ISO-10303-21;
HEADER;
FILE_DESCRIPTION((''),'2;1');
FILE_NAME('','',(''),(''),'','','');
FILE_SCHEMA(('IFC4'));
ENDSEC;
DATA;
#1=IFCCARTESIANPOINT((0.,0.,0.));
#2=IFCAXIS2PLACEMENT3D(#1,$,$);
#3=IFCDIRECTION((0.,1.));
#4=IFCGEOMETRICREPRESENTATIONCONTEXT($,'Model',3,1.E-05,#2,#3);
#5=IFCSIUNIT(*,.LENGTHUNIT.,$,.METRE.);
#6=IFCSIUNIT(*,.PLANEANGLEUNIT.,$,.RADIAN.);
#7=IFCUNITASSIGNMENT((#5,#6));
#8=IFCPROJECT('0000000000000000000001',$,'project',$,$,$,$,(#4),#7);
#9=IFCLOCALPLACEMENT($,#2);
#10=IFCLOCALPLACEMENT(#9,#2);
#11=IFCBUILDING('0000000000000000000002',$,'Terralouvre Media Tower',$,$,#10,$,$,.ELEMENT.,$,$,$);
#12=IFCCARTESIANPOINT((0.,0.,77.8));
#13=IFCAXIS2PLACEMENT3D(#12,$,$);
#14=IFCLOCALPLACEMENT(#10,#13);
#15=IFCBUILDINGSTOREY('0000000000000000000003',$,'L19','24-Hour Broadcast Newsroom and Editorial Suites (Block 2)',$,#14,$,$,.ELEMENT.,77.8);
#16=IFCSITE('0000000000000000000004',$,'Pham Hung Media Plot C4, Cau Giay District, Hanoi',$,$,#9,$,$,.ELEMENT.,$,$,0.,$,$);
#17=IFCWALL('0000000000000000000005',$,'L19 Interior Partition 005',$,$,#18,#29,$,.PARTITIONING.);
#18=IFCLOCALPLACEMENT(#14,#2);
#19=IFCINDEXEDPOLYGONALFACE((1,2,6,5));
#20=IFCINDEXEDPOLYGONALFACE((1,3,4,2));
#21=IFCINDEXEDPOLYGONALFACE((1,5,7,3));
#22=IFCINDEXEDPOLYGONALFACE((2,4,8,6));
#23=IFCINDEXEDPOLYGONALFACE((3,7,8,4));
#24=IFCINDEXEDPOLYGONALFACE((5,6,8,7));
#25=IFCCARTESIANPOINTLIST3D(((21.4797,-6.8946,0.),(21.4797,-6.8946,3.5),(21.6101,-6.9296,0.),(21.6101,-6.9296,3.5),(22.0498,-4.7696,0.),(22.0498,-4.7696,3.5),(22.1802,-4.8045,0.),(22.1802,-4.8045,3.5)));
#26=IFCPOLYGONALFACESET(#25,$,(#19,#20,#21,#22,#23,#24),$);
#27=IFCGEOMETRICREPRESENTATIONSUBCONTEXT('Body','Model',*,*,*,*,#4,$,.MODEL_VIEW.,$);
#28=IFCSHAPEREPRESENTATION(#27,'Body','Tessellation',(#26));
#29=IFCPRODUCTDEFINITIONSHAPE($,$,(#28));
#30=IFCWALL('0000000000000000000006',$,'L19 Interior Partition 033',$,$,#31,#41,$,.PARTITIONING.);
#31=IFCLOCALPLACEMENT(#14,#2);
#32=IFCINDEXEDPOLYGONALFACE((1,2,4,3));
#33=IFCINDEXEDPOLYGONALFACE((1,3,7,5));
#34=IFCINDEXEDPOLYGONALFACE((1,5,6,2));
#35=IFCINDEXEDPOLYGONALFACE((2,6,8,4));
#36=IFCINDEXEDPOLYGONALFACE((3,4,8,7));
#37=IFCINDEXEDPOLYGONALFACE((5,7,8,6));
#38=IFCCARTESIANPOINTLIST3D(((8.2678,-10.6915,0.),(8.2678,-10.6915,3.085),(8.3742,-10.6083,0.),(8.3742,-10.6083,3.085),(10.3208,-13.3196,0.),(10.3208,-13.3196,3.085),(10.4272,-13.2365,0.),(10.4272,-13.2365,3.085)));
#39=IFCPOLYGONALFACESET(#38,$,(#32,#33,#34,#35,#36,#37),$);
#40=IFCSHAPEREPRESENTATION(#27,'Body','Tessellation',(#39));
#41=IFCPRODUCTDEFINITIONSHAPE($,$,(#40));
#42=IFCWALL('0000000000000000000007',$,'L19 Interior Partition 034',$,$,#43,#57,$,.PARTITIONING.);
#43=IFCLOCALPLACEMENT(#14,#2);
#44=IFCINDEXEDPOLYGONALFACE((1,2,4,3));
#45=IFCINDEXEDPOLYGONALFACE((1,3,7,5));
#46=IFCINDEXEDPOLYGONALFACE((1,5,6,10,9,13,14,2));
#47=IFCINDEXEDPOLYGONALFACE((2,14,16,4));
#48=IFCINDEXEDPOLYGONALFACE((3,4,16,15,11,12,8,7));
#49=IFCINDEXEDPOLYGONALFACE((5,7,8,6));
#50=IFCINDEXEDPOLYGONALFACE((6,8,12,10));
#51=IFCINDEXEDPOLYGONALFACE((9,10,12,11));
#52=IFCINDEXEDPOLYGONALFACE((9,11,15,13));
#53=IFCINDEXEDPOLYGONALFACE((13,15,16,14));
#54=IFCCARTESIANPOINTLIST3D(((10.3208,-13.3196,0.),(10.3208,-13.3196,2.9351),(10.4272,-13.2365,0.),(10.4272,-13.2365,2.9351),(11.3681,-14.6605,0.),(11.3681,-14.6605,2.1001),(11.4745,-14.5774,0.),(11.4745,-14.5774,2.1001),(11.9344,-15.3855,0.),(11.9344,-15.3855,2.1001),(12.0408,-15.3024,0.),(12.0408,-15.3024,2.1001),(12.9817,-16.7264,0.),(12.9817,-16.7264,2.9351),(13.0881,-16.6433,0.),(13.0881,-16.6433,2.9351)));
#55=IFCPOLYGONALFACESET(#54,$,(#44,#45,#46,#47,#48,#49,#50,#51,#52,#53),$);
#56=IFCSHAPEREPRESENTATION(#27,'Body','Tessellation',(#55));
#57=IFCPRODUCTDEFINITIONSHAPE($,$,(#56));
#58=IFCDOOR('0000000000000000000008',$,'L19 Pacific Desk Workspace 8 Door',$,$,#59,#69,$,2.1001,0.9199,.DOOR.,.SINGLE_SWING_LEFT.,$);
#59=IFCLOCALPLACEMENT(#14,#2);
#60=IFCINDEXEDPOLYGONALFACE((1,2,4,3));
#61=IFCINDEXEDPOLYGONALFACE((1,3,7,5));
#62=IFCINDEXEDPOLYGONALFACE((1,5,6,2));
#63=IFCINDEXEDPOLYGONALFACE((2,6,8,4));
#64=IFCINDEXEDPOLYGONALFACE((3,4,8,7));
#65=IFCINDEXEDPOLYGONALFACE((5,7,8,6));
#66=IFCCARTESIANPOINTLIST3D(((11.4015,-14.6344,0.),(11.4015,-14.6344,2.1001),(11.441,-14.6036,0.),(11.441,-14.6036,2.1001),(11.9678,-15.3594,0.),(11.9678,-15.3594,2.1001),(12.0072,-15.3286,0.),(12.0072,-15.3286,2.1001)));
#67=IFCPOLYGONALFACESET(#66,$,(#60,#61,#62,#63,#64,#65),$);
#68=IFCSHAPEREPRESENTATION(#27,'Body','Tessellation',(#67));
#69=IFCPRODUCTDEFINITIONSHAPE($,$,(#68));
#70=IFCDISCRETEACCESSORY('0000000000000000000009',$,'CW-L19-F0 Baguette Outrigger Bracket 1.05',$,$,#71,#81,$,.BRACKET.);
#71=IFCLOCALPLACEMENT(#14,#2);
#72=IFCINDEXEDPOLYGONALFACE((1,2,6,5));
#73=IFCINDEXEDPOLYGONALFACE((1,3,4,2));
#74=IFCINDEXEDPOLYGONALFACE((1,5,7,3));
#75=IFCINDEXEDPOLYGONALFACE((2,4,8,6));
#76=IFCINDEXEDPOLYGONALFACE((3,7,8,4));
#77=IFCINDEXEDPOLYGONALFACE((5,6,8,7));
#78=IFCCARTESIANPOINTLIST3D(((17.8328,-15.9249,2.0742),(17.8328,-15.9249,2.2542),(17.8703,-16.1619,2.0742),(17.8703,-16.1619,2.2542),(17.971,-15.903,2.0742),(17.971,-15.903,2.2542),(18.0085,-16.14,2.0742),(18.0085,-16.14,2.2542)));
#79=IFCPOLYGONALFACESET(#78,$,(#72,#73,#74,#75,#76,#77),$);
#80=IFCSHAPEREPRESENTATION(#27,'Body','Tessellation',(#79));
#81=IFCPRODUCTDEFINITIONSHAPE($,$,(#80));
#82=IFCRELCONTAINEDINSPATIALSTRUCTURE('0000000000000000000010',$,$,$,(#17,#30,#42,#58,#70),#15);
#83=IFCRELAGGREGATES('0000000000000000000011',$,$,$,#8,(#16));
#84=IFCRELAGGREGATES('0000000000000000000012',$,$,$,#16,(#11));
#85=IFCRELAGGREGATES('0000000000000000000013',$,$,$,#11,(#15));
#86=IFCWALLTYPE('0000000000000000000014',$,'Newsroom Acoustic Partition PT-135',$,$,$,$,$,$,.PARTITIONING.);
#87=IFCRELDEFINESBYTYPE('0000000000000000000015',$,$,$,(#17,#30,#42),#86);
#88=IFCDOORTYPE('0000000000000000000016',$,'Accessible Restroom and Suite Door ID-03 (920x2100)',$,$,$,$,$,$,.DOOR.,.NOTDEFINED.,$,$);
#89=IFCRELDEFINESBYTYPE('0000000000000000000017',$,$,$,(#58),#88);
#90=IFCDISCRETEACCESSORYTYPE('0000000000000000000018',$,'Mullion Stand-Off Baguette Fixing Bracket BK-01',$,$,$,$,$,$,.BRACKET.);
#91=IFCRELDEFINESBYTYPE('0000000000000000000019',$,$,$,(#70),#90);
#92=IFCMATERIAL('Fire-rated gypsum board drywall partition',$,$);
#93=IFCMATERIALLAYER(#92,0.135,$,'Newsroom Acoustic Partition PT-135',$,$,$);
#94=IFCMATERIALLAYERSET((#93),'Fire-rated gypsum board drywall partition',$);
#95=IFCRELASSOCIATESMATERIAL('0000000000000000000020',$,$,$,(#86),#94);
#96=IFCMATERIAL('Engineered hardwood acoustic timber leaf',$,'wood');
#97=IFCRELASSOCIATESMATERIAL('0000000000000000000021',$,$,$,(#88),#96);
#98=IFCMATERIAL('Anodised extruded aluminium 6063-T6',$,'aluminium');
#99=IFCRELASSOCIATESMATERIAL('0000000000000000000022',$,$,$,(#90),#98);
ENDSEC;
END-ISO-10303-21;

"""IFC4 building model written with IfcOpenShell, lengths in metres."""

from ifc_helpers import new_model, si_unit, direction, frame, frame_2d, origin, origin_2d, place, context, subcontext, project, spatial, rectangle, extrude, material, layer, layer_set, type_object, element, fill, save


model = new_model("IFC4")

# Units and contexts
model_context = context("Model", 3, precision=1e-05, world=origin(), true_north=direction((0.0, 1.0)))
body_context = subcontext(model_context, "Body", "Model", "MODEL_VIEW")
ifc_project = project(units=[si_unit("LENGTHUNIT", "METRE"), si_unit("PLANEANGLEUNIT", "RADIAN")], contexts=[model_context])

# Site, building, storey
site_placement = place(None, origin())
site = spatial("IfcSite", under=ifc_project, at=site_placement, Name="Pham Hung Media Plot C4, Cau Giay District, Hanoi", CompositionType="ELEMENT", RefElevation=0.0)
building_placement = place(site_placement, origin())
building = spatial("IfcBuilding", under=site, at=building_placement, Name="Terralouvre Media Tower", CompositionType="ELEMENT")
storey_placement = place(building_placement, frame((0.0, 0.0, 77.8)))
storey = spatial("IfcBuildingStorey", under=building, at=storey_placement, Name="L19", Description="24-Hour Broadcast Newsroom and Editorial Suites (Block 2)", CompositionType="ELEMENT", Elevation=77.8)

# Walls
ifc_material_1 = material(Name="Fire-rated gypsum board drywall partition")
ifc_layer_1 = layer(ifc_material_1, 0.135, Name="Newsroom Acoustic Partition PT-135")
ifc_layer_set_1 = layer_set([ifc_layer_1], Name="Fire-rated gypsum board drywall partition")
wall_type_1 = type_object("IfcWallType", Name="Newsroom Acoustic Partition PT-135", PredefinedType="PARTITIONING", material=ifc_layer_set_1)
wall_1_placement = place(storey_placement, frame((21.5449, -6.9121, 0.0), z_axis=(0.0, 0.0, 1.0), x_axis=(0.259106, 0.965849, 0.0)))
element("IfcWall", 1, at=wall_1_placement, inside=storey, type_object=wall_type_1, Name="L19 Interior Partition 005", PredefinedType="PARTITIONING", context=body_context, shape_type="SweptSolid", body=[
    extrude(rectangle(XDim=2.2002, YDim=0.135, at=frame_2d((1.1001, 0.0))), origin(), (0.0, 0.0, 1.0), 3.5),
])
wall_2_placement = place(storey_placement, frame((8.321, -10.6499, 0.0), z_axis=(0.0, 0.0, 1.0), x_axis=(0.615591, -0.788065, 0.0)))
element("IfcWall", 2, at=wall_2_placement, inside=storey, type_object=wall_type_1, Name="L19 Interior Partition 033", PredefinedType="PARTITIONING", context=body_context, shape_type="SweptSolid", body=[
    extrude(rectangle(XDim=3.335, YDim=0.135, at=frame_2d((1.6675, 0.0))), origin(), (0.0, 0.0, 1.0), 3.085),
])

# Wall, opening, door
wall_3_placement = place(storey_placement, frame((10.374, -13.2781, 0.0), z_axis=(0.0, 0.0, 1.0), x_axis=(0.615554, -0.788095, 0.0)))
wall_3 = element("IfcWall", 3, at=wall_3_placement, inside=storey, type_object=wall_type_1, Name="L19 Interior Partition 034", PredefinedType="PARTITIONING", context=body_context, shape_type="SweptSolid", body=[
    extrude(rectangle(XDim=4.3228, YDim=0.135, at=frame_2d((2.1614, 0.0))), origin(), (0.0, 0.0, 1.0), 2.9351),
])
opening_1_placement = place(wall_3_placement, frame((1.7014, 0.0, 0.0)))
opening_1 = element("IfcOpeningElement", 4, at=opening_1_placement, cuts=wall_3, PredefinedType="OPENING", context=body_context, shape_type="SweptSolid", body=[
    extrude(rectangle(XDim=0.9199, YDim=2.1001, at=frame_2d((0.46, 1.05))), frame((0.0, 0.0774, 0.0), z_axis=(0.0, -1.0, 0.0), x_axis=(1.0, 0.0, 0.0)), (0.0, 0.0, 1.0), 0.155),
])
ifc_material_2 = material(Name="Engineered hardwood acoustic timber leaf", Category="wood")
door_type_1 = type_object("IfcDoorType", Name="Accessible Restroom and Suite Door ID-03 (920x2100)", OperationType="NOTDEFINED", PredefinedType="DOOR", material=ifc_material_2)
door_1_placement = place(opening_1_placement, origin())
door_1 = element("IfcDoor", 5, at=door_1_placement, inside=storey, type_object=door_type_1, Name="L19 Pacific Desk Workspace 8 Door", OperationType="SINGLE_SWING_LEFT", OverallHeight=2.1001, OverallWidth=0.9199, PredefinedType="DOOR", context=body_context, shape_type="SweptSolid", body=[
    extrude(rectangle(XDim=0.9199, YDim=2.1001, at=frame_2d((0.46, 1.05))), frame((0.0, 0.0249, 0.0), z_axis=(0.0, -1.0, 0.0), x_axis=(1.0, 0.0, 0.0)), (0.0, 0.0, 1.0), 0.05),
])
fill(opening_1, door_1)

# Discrete accessory
ifc_material_3 = material(Name="Anodised extruded aluminium 6063-T6", Category="aluminium")
discrete_accessory_type = type_object("IfcDiscreteAccessoryType", Name="Mullion Stand-Off Baguette Fixing Bracket BK-01", PredefinedType="BRACKET", material=ifc_material_3)
discrete_accessory_placement = place(storey_placement, frame((17.9207, -16.0325, 2.0742), z_axis=(0.0, 0.0, 1.0), x_axis=(0.987688, 0.156434, 0.0)))
element("IfcDiscreteAccessory", 6, at=discrete_accessory_placement, inside=storey, type_object=discrete_accessory_type, Name="CW-L19-F0 Baguette Outrigger Bracket 1.05", PredefinedType="BRACKET", context=body_context, shape_type="SweptSolid", body=[
    extrude(rectangle(XDim=0.1399, YDim=0.24, at=origin_2d()), origin(), (0.0, 0.0, 1.0), 0.1799),
])

save(model, "model.ifc")
